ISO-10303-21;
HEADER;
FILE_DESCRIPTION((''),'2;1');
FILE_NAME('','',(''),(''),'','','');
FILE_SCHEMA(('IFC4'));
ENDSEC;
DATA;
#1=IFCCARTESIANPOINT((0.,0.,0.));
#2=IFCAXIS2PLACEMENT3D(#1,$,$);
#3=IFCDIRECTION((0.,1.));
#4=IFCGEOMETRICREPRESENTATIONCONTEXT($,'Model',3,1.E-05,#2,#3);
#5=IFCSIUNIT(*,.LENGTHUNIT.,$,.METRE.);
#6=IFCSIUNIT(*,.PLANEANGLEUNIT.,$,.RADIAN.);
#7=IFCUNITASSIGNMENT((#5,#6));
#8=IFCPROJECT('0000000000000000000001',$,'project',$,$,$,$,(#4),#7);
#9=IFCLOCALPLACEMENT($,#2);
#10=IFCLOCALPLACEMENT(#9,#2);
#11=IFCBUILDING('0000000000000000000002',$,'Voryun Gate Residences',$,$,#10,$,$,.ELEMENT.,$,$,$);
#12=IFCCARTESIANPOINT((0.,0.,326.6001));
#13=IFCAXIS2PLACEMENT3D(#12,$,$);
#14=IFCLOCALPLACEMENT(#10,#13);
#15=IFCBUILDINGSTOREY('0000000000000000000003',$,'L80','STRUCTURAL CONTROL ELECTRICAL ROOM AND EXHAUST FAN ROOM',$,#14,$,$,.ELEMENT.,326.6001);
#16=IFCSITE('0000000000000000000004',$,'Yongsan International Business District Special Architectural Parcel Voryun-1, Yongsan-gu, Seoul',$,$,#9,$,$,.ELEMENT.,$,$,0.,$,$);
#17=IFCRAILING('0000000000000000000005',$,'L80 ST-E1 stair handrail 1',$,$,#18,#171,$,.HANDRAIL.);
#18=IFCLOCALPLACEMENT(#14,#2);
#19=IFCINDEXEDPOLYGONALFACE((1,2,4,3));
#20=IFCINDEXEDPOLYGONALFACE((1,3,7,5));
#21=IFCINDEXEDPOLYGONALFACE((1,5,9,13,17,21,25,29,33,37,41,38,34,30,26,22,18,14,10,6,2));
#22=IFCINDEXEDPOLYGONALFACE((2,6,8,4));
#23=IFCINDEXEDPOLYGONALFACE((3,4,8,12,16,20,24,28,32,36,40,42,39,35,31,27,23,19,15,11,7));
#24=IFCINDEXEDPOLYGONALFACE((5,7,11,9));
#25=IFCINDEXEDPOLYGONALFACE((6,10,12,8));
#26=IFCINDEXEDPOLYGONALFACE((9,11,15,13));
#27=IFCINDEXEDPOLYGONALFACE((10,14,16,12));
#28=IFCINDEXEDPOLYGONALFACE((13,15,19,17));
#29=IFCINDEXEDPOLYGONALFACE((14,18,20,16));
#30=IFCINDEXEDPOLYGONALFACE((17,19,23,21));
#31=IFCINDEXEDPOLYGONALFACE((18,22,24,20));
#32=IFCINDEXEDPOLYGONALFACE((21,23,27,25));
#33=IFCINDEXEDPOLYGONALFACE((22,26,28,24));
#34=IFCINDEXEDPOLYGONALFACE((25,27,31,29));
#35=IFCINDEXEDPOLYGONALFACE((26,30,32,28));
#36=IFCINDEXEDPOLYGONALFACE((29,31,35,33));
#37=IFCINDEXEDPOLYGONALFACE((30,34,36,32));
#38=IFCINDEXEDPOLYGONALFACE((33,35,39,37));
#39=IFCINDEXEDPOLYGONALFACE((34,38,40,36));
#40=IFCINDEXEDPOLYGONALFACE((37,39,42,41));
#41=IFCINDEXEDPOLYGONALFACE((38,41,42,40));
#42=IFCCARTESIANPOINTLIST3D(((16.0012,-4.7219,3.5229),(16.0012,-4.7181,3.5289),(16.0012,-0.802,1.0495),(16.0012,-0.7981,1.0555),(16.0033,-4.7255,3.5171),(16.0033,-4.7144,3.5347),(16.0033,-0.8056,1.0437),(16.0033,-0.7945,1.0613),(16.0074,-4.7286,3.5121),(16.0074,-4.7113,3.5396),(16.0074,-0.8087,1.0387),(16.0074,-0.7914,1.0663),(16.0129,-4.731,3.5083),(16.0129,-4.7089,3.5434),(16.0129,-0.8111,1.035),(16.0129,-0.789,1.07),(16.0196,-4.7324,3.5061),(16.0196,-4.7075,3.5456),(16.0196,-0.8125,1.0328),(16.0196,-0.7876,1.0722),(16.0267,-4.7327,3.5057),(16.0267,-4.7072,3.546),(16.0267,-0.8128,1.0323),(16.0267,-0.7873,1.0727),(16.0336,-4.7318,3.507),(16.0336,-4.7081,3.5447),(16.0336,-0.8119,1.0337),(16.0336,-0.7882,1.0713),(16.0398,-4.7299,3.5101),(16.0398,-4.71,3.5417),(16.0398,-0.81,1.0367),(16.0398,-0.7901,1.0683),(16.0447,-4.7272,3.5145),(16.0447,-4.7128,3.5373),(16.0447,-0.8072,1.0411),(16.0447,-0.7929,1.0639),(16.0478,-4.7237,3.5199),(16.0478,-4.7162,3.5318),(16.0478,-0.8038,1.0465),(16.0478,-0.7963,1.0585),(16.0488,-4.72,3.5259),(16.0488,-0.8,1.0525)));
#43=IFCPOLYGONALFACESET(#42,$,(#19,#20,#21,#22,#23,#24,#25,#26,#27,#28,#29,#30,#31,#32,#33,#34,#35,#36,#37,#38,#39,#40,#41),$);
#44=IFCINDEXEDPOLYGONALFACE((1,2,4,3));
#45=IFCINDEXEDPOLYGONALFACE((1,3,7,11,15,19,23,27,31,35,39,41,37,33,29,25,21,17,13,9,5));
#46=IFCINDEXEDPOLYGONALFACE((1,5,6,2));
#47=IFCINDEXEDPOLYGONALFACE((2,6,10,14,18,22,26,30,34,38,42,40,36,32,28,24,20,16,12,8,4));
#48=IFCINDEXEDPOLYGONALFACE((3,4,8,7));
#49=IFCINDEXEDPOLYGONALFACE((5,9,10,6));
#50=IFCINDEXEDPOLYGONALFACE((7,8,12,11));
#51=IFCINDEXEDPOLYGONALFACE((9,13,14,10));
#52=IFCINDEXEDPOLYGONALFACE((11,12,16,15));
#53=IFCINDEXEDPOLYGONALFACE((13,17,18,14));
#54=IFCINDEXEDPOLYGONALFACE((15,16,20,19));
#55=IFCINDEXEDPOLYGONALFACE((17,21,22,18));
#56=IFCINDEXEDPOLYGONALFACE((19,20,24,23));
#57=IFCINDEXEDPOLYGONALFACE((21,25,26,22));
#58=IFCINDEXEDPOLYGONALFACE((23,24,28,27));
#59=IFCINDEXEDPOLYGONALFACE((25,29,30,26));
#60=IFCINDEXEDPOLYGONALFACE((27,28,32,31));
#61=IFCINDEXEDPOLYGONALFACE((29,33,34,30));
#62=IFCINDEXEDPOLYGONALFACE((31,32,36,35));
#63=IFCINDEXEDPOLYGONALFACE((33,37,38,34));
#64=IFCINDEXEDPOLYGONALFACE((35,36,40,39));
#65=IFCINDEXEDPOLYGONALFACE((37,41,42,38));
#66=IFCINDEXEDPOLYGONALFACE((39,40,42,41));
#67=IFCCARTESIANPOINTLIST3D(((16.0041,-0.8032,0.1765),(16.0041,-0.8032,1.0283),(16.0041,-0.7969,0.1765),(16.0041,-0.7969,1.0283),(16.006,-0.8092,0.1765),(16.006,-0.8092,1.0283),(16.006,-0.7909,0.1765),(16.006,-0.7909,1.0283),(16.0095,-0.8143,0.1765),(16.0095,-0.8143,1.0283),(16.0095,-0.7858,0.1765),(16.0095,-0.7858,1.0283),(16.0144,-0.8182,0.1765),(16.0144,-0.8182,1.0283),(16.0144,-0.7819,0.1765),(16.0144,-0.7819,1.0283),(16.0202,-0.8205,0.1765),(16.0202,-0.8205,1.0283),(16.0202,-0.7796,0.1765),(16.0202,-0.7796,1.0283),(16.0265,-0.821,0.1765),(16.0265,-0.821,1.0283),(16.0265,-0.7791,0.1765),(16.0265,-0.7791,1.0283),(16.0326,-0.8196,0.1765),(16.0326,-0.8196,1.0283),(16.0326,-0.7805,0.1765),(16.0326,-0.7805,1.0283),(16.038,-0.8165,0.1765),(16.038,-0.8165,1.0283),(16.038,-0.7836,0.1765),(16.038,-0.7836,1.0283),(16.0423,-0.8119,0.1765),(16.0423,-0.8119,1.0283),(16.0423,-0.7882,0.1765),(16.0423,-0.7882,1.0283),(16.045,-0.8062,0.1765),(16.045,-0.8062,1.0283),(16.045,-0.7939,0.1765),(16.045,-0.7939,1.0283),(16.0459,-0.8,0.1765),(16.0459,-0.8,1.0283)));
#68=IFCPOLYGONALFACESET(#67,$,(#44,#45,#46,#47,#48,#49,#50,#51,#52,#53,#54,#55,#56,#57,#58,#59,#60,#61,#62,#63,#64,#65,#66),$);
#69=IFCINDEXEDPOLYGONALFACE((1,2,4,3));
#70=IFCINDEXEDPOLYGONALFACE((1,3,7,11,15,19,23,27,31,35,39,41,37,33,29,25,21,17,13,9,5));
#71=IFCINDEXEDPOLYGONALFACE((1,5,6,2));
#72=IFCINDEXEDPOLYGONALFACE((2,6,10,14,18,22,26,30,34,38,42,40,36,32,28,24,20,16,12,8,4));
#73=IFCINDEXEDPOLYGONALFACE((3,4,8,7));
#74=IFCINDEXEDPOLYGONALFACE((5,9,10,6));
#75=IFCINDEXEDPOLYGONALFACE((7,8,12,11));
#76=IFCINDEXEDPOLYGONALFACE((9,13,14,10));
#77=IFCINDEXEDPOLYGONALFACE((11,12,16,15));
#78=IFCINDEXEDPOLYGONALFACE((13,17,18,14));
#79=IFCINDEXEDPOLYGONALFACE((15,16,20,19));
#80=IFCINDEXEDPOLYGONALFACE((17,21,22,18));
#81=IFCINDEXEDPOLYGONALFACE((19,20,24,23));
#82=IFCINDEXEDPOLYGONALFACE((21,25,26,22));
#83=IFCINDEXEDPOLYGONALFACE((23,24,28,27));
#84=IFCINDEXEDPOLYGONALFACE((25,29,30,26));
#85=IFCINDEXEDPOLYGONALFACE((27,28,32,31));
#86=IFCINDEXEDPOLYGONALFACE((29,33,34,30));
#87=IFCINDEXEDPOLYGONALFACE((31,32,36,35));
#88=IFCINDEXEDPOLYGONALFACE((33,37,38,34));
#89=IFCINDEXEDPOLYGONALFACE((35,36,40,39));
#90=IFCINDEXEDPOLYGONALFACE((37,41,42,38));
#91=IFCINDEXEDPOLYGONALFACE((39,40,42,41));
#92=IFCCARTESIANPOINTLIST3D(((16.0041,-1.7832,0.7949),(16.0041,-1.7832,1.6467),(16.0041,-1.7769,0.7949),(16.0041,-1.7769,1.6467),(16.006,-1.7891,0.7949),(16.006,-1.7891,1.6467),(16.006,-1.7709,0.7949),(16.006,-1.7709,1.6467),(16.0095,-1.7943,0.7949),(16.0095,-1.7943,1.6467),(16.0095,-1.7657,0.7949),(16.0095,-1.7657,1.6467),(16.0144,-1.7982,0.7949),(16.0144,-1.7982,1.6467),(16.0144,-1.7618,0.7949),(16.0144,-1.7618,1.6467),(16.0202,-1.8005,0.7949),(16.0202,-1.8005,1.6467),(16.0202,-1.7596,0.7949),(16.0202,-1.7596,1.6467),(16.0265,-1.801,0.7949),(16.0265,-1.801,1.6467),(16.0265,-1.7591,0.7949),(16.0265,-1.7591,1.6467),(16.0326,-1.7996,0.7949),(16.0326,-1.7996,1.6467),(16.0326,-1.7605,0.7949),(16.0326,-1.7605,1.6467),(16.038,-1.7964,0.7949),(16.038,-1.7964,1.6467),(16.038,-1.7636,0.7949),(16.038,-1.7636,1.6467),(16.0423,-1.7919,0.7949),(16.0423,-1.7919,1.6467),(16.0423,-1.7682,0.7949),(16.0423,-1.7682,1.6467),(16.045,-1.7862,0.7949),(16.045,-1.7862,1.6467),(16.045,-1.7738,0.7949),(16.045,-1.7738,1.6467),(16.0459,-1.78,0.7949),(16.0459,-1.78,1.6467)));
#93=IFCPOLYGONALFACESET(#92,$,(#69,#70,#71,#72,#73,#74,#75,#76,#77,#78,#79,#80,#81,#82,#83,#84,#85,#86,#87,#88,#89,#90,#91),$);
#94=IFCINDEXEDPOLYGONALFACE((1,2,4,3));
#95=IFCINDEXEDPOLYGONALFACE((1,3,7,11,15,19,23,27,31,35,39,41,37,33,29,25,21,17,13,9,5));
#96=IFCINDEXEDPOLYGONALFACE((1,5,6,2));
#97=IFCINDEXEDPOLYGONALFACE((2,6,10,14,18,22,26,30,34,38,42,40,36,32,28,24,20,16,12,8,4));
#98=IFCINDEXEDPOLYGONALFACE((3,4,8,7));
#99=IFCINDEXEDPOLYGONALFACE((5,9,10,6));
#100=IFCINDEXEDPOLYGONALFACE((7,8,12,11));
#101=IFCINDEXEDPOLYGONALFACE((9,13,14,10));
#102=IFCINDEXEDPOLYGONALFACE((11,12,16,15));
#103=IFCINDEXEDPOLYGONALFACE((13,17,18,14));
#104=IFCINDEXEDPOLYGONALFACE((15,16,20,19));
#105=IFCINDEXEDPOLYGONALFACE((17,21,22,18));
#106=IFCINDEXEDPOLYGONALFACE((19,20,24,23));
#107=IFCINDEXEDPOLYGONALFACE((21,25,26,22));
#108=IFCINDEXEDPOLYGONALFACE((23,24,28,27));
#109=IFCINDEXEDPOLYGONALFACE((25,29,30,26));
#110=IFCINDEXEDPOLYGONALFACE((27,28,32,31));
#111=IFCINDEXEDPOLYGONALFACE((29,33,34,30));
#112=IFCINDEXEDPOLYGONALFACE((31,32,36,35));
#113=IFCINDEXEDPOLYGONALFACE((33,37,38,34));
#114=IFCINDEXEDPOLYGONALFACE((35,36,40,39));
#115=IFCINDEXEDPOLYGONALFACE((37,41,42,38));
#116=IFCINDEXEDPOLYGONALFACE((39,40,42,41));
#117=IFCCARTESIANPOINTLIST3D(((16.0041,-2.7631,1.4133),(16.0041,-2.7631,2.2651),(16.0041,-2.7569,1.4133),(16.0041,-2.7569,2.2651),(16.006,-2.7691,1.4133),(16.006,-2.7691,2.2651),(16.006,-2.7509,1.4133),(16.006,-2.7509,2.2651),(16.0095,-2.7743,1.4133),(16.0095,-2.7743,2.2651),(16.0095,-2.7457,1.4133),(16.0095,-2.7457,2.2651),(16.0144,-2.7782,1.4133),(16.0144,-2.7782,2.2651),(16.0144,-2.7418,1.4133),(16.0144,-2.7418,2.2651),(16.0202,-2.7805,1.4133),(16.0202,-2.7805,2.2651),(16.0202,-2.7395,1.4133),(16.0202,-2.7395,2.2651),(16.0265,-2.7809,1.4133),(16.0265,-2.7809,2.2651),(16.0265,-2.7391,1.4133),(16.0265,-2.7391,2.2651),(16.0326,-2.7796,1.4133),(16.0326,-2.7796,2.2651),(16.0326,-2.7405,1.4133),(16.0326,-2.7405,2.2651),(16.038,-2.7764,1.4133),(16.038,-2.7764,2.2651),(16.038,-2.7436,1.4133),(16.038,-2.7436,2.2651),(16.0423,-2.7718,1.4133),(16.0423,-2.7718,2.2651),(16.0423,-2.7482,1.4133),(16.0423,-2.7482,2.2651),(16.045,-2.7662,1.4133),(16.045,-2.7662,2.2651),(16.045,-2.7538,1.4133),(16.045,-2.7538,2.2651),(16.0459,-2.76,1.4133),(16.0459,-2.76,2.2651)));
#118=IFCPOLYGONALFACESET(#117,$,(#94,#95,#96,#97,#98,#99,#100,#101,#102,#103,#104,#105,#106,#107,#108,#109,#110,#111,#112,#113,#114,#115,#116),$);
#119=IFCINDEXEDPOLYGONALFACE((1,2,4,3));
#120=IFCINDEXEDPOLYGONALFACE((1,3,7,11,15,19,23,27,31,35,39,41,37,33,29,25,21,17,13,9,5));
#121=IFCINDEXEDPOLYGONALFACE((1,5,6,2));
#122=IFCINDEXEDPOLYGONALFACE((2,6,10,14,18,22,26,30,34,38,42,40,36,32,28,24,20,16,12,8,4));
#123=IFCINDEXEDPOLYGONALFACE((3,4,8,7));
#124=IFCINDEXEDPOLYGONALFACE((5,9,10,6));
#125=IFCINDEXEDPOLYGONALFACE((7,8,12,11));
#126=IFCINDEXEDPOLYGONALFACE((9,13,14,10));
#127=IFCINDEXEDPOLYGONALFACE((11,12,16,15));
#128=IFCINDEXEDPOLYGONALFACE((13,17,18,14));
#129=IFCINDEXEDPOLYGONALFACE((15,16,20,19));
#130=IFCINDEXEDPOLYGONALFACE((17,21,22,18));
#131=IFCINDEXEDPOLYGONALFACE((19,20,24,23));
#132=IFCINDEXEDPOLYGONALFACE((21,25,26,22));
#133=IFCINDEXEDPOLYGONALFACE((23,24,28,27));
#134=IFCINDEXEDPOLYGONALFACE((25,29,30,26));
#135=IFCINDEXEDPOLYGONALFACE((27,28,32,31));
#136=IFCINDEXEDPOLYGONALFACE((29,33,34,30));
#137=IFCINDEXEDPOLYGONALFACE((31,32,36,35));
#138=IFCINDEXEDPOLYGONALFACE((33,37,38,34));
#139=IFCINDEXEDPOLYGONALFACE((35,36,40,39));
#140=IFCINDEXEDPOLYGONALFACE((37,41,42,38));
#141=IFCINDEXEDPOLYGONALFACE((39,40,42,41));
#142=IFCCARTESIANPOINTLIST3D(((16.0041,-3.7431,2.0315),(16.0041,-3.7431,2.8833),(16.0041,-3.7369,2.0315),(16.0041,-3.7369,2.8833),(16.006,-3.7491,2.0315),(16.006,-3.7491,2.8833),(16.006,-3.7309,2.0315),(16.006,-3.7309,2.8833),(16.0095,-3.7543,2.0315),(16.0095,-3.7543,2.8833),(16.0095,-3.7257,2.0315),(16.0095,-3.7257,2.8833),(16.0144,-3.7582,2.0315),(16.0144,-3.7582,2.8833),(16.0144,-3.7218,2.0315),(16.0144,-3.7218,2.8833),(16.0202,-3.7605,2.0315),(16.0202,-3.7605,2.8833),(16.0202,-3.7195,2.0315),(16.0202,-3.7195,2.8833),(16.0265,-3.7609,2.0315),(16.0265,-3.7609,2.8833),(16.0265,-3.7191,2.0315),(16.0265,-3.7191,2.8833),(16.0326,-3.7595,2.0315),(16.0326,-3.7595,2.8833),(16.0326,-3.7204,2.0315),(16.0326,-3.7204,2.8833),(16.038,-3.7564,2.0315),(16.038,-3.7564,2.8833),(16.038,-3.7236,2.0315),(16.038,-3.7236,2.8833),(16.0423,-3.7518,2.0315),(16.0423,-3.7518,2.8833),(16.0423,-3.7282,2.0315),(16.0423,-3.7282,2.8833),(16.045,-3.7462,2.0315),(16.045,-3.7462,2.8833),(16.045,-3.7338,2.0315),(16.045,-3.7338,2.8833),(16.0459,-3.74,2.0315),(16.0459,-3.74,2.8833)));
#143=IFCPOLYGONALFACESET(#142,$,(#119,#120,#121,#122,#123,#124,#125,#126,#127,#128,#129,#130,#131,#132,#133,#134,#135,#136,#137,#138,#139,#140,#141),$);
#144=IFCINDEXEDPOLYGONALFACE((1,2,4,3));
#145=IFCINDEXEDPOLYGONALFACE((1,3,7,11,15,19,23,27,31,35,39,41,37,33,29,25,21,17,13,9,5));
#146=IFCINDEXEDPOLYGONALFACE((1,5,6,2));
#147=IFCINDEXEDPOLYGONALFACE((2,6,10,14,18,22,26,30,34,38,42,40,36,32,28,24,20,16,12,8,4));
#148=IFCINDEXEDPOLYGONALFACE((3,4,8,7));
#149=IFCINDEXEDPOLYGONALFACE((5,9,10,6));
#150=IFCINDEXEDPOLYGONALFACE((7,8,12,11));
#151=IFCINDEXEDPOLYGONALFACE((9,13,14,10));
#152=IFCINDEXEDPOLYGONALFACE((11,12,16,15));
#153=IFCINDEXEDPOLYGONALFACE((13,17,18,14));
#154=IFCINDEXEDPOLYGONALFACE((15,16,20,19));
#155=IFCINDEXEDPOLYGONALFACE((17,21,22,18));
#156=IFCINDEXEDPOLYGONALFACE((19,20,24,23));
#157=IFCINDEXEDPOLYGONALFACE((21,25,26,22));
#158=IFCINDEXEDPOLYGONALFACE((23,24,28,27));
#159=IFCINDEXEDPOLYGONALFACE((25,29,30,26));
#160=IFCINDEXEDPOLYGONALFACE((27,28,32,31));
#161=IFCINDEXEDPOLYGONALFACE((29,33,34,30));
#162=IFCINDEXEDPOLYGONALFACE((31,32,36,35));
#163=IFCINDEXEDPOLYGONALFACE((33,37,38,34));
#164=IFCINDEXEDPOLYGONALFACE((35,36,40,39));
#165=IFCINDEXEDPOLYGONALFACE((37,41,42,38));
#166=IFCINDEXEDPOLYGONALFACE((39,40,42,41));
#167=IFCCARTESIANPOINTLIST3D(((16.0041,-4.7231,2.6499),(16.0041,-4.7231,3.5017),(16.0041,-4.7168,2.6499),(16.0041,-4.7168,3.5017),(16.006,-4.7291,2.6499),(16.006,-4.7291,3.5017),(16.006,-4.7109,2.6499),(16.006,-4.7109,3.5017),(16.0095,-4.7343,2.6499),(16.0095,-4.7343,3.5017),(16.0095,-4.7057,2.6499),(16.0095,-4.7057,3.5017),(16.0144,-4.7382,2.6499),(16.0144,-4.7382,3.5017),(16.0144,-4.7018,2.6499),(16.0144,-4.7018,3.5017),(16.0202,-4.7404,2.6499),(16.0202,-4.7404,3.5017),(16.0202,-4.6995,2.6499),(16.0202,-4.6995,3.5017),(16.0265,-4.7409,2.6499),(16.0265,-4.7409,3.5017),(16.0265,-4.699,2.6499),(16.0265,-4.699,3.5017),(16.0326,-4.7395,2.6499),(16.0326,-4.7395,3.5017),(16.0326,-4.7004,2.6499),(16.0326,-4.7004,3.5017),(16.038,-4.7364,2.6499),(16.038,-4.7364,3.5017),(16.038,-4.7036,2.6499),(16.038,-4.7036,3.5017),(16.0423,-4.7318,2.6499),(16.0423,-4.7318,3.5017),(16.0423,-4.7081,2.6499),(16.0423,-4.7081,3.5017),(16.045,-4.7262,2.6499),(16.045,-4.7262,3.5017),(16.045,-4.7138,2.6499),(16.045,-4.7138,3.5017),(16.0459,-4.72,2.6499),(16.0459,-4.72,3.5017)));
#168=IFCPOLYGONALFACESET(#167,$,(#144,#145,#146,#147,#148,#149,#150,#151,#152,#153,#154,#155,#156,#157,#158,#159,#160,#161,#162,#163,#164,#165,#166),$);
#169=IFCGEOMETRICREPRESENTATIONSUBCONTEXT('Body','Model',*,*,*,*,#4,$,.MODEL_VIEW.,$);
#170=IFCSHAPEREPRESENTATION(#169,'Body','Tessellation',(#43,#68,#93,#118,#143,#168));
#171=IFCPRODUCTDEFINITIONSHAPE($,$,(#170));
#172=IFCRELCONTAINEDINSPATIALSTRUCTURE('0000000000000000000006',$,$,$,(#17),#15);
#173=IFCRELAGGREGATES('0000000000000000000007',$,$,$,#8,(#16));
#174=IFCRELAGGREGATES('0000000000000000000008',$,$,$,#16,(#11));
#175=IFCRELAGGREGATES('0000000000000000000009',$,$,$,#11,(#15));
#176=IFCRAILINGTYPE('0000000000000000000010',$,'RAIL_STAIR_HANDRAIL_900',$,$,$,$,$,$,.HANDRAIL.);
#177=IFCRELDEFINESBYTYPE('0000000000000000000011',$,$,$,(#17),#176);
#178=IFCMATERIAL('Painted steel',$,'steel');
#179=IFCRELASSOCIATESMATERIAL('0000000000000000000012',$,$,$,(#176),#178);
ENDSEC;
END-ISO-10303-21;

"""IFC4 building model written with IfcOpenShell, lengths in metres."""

from ifc_helpers import new_model, si_unit, direction, frame, origin, origin_2d, place, context, subcontext, project, spatial, circle, extrude, material, type_object, element, save


model = new_model("IFC4")

# Units and contexts
model_context = context("Model", 3, precision=1e-05, world=origin(), true_north=direction((0.0, 1.0)))
body_context = subcontext(model_context, "Body", "Model", "MODEL_VIEW")
ifc_project = project(units=[si_unit("LENGTHUNIT", "METRE"), si_unit("PLANEANGLEUNIT", "RADIAN")], contexts=[model_context])

# Site, building, storey
site_placement = place(None, origin())
site = spatial("IfcSite", under=ifc_project, at=site_placement, Name="Yongsan International Business District Special Architectural Parcel Voryun-1, Yongsan-gu, Seoul", CompositionType="ELEMENT", RefElevation=0.0)
building_placement = place(site_placement, origin())
building = spatial("IfcBuilding", under=site, at=building_placement, Name="Voryun Gate Residences", CompositionType="ELEMENT")
storey_placement = place(building_placement, frame((0.0, 0.0, 326.6001)))
storey = spatial("IfcBuildingStorey", under=building, at=storey_placement, Name="L80", Description="STRUCTURAL CONTROL ELECTRICAL ROOM AND EXHAUST FAN ROOM", CompositionType="ELEMENT", Elevation=326.6001)

# Railing
ifc_material_1 = material(Name="Painted steel", Category="steel")
railing_type_1 = type_object("IfcRailingType", Name="RAIL_STAIR_HANDRAIL_900", PredefinedType="HANDRAIL", material=ifc_material_1)
railing_1_placement = place(storey_placement, frame((16.0249, -0.8, 0.1765)))
element("IfcRailing", 1, at=railing_1_placement, inside=storey, type_object=railing_type_1, Name="L80 ST-E1 stair handrail 1", PredefinedType="HANDRAIL", context=body_context, shape_type="SweptSolid", body=[
    extrude(circle(Radius=0.0239, at=origin_2d()), frame((0.0, 0.0, 0.876), z_axis=(0.0, -0.845718, 0.53363), x_axis=(1.0, 0.0, 0.0)), (0.0, 0.0, 1.0), 4.635),
    extrude(circle(Radius=0.021, at=origin_2d()), origin(), (0.0, 0.0, 1.0), 0.8518),
    extrude(circle(Radius=0.021, at=origin_2d()), frame((0.0, -0.98, 0.6184)), (0.0, 0.0, 1.0), 0.8518),
    extrude(circle(Radius=0.021, at=origin_2d()), frame((0.0, -1.96, 1.2368)), (0.0, 0.0, 1.0), 0.8518),
    extrude(circle(Radius=0.021, at=origin_2d()), frame((0.0, -2.9399, 1.855)), (0.0, 0.0, 1.0), 0.8518),
    extrude(circle(Radius=0.021, at=origin_2d()), frame((0.0, -3.9199, 2.4734)), (0.0, 0.0, 1.0), 0.8518),
])

save(model, "model.ifc")
